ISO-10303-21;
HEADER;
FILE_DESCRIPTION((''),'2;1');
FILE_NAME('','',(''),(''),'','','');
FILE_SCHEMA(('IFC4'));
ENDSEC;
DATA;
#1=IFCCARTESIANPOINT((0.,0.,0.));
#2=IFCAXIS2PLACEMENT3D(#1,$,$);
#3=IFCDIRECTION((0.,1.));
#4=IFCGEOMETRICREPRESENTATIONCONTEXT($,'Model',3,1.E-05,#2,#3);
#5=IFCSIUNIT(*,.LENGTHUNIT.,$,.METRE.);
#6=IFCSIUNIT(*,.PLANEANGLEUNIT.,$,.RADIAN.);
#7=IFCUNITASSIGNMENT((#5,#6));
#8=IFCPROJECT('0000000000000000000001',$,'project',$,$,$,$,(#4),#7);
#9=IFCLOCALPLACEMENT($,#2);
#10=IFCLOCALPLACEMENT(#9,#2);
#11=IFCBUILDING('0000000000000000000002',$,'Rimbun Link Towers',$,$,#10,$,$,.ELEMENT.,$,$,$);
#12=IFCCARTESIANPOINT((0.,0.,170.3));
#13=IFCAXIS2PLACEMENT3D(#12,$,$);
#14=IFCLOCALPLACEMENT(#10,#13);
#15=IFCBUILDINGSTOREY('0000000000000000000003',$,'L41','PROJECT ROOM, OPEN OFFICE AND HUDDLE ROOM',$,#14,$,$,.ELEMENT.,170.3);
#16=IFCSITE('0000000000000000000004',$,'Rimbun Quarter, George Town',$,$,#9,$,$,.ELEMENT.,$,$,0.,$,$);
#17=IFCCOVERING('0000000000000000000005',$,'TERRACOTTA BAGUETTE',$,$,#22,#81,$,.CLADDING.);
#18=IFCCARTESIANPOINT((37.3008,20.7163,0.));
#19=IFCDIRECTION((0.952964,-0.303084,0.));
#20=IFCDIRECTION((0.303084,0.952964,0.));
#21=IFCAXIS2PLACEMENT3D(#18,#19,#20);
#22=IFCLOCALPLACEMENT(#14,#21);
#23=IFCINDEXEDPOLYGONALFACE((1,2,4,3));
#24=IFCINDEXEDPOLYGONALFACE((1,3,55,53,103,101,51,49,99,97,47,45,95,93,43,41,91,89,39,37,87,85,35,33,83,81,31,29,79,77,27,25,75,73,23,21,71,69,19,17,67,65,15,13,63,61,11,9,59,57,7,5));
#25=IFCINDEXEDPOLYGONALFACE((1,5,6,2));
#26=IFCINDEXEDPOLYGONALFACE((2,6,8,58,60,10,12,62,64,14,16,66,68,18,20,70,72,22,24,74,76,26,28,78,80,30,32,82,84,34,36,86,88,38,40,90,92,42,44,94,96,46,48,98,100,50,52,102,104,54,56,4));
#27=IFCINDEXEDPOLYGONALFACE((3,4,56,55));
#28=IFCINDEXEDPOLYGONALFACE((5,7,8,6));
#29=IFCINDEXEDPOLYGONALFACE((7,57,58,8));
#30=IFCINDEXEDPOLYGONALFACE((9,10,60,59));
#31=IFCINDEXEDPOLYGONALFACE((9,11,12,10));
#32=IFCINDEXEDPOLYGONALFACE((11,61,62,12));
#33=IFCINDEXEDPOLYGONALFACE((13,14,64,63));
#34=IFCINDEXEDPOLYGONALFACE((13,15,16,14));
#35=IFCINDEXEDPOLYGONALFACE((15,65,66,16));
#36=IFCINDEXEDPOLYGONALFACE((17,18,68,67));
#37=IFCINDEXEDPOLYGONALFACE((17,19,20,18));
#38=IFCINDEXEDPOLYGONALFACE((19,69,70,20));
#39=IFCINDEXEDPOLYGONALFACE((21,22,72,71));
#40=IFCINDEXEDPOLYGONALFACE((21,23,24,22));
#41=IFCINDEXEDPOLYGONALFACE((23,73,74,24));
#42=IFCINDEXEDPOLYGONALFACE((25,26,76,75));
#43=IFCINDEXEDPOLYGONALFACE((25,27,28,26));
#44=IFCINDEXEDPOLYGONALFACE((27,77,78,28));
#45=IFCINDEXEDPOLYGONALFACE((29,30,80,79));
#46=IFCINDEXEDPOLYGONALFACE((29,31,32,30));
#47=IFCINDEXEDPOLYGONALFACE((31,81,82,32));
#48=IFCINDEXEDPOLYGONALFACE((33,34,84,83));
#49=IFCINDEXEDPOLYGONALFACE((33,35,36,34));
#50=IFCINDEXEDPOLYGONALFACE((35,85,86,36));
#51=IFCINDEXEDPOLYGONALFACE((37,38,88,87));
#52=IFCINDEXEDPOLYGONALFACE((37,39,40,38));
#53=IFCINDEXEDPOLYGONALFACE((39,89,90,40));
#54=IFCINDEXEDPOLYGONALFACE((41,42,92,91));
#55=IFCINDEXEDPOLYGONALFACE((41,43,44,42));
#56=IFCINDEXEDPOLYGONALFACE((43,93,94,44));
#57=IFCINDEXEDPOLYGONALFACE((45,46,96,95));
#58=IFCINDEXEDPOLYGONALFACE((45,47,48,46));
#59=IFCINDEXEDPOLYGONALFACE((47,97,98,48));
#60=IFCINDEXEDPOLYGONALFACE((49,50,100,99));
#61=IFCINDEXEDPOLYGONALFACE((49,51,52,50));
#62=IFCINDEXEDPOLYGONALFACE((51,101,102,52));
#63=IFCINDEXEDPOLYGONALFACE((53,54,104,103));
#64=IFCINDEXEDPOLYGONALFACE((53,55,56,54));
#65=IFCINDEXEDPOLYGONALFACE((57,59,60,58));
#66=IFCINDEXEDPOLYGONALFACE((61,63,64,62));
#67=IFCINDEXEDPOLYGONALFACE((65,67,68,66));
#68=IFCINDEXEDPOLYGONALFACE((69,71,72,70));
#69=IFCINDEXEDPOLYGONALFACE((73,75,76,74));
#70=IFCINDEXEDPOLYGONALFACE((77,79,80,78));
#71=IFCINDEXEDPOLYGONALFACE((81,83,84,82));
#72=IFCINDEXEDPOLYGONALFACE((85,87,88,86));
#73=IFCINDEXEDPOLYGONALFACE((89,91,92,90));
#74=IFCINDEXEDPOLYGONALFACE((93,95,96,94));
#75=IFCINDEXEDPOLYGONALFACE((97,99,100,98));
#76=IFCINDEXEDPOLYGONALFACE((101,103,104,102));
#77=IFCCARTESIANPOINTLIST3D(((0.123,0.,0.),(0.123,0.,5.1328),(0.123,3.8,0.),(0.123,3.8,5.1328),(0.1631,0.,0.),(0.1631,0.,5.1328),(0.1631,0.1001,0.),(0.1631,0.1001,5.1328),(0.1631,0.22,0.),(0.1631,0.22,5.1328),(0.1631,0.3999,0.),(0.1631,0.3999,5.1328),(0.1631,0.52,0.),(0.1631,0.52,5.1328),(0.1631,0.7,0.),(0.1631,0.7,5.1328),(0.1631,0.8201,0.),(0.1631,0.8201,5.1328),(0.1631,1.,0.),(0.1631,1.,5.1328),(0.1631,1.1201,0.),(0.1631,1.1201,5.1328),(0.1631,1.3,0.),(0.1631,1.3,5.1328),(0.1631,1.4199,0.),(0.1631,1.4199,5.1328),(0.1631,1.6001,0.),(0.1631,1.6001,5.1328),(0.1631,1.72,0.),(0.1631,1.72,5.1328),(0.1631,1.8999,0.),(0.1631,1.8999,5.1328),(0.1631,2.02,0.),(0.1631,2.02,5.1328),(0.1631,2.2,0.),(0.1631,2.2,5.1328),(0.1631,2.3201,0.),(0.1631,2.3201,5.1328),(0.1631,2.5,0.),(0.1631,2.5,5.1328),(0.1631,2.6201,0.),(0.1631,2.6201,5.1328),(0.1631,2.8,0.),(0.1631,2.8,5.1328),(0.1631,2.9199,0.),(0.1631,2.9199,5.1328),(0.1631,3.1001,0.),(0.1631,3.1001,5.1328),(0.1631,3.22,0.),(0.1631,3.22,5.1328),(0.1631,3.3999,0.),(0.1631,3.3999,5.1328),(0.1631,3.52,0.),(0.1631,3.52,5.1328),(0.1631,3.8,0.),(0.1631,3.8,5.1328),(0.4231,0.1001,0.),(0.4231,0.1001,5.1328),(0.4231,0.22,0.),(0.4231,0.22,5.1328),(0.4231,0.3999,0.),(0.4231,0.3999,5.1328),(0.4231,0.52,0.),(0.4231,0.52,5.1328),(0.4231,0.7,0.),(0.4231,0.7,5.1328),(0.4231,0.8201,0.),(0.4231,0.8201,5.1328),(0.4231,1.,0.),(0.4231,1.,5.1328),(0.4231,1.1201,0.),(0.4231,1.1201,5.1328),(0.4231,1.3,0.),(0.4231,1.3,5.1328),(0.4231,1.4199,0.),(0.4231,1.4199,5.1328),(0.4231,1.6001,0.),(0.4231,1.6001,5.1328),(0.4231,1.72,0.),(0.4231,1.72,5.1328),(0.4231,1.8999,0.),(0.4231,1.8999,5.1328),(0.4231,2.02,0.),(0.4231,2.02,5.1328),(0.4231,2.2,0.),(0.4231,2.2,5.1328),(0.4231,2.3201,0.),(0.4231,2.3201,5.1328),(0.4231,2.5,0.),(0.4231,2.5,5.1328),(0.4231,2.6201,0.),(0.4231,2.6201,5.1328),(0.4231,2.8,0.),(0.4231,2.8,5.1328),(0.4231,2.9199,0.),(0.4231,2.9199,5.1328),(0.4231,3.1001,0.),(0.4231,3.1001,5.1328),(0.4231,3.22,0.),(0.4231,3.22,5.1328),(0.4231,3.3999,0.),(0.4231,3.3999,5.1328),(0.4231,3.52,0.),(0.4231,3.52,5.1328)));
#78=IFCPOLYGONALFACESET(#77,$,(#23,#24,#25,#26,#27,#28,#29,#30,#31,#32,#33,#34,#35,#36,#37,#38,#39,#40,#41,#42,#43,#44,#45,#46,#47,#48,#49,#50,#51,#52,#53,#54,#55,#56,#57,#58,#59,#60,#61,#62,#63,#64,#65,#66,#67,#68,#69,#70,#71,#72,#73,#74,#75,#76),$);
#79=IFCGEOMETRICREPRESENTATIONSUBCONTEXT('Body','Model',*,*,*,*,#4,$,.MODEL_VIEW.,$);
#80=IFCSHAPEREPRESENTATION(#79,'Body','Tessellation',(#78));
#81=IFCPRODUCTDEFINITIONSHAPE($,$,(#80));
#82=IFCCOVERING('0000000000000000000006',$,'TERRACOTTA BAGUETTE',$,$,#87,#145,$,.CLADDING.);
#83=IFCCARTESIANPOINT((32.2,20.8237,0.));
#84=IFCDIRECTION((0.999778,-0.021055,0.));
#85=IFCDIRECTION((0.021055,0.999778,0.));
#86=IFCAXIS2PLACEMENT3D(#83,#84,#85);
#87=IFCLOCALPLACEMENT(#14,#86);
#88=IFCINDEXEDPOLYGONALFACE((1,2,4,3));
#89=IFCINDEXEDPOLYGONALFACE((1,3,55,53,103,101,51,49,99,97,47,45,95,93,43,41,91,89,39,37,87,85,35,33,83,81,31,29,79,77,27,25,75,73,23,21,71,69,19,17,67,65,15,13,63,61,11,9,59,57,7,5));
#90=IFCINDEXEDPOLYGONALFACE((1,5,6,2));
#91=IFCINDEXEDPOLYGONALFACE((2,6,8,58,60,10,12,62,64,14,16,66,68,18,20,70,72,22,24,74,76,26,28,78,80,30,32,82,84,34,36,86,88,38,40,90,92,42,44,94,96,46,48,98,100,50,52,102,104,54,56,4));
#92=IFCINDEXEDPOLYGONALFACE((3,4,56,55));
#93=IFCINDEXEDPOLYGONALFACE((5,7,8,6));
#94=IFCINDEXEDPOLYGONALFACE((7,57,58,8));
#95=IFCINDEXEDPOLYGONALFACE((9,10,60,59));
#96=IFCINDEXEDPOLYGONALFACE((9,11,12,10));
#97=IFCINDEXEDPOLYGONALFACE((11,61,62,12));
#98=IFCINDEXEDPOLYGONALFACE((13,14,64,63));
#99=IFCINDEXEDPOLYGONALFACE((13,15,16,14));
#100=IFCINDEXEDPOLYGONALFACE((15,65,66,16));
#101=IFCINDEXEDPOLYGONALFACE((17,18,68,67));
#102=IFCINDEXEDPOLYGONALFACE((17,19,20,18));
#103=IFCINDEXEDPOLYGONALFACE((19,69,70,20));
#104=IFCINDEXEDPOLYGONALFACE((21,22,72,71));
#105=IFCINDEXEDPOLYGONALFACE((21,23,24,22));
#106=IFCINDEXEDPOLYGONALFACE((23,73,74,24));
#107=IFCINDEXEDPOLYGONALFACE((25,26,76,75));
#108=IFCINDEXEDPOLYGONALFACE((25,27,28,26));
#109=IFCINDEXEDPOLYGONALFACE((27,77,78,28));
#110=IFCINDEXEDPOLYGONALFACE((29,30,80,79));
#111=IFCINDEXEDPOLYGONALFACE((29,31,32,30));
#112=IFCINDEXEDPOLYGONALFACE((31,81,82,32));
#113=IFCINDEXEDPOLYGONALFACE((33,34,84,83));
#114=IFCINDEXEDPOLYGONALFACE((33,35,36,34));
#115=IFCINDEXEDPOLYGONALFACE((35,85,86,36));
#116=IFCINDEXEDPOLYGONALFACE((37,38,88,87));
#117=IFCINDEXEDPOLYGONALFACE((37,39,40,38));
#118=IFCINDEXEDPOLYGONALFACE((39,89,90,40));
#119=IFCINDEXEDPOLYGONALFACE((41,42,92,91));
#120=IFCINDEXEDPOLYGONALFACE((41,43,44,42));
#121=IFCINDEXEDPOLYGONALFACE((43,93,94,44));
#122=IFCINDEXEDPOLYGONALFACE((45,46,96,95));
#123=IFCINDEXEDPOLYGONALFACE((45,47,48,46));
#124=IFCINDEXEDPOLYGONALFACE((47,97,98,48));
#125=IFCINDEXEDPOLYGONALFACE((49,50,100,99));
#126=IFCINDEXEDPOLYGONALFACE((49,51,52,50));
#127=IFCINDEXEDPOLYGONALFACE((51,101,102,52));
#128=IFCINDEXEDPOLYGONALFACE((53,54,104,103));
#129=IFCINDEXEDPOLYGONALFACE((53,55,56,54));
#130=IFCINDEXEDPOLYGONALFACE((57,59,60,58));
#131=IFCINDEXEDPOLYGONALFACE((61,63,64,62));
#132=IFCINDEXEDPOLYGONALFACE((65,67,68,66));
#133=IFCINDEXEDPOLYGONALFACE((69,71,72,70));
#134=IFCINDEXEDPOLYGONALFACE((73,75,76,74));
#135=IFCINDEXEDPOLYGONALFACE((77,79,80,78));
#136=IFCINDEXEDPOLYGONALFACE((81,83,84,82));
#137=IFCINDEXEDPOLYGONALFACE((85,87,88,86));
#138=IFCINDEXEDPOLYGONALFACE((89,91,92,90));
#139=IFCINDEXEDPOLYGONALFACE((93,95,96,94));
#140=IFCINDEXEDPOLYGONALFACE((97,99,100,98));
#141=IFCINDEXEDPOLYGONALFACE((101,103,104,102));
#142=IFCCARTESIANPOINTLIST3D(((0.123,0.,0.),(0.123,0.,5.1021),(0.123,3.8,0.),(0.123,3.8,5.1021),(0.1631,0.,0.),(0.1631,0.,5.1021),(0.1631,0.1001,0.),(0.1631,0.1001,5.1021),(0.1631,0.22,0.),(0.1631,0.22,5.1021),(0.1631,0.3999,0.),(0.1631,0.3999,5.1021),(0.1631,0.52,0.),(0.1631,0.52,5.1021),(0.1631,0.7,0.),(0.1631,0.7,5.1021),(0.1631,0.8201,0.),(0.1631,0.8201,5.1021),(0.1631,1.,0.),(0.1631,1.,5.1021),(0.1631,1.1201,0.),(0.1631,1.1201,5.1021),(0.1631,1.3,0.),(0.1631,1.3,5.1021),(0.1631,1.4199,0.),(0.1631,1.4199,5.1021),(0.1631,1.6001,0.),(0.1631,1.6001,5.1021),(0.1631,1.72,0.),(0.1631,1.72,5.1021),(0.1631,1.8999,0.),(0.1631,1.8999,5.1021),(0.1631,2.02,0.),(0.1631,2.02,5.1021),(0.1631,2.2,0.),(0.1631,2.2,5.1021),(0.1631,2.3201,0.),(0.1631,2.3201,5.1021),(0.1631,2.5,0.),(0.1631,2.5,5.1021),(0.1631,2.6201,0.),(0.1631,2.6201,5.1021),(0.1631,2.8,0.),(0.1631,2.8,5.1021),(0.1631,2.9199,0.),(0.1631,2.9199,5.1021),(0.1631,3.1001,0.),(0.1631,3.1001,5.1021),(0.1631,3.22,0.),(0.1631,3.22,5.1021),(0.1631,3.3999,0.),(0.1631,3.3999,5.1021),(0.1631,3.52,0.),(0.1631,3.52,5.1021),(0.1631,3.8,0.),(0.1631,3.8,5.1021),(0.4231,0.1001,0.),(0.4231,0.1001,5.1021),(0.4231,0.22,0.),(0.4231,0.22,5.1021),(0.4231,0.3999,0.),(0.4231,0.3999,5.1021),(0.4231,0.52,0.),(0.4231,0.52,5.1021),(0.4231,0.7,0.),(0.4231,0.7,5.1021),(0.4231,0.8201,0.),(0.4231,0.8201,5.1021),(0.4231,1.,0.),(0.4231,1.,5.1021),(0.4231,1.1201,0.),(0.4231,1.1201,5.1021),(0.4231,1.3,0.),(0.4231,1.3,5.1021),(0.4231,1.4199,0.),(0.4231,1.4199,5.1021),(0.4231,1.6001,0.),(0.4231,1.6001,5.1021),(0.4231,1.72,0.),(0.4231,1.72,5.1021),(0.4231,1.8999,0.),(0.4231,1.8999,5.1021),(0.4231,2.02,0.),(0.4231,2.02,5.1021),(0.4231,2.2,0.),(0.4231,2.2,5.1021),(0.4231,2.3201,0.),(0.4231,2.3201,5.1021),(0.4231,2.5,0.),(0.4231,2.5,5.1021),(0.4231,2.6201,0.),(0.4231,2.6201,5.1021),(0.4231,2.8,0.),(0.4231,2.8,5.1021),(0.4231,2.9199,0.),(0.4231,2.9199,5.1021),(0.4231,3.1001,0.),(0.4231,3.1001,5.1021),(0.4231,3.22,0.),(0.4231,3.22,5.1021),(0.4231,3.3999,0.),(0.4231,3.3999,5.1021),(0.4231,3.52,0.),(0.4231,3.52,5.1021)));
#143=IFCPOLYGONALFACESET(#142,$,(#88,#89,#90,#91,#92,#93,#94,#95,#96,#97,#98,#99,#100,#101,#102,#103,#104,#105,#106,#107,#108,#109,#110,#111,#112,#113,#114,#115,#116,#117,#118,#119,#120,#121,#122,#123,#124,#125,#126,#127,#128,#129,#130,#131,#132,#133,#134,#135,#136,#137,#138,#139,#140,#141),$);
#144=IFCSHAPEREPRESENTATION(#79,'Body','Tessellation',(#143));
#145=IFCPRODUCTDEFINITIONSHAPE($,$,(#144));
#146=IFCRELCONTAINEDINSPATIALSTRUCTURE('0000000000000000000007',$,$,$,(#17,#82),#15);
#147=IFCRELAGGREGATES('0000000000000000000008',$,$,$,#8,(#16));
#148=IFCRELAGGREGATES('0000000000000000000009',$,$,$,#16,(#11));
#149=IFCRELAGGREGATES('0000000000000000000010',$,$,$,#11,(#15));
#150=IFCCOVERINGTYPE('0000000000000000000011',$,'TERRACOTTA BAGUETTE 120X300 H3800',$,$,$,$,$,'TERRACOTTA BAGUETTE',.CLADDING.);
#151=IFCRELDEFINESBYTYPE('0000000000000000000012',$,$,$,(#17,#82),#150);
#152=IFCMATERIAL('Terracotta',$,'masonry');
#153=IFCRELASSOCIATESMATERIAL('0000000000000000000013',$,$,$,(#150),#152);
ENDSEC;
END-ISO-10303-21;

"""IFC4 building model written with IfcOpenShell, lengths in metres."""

from ifc_helpers import new_model, si_unit, direction, frame, origin, place, context, subcontext, project, spatial, polyline, outline, extrude, material, material_profile, profile_set, type_object, element, save


model = new_model("IFC4")

# Units and contexts
model_context = context("Model", 3, precision=1e-05, world=origin(), true_north=direction((0.0, 1.0)))
body_context = subcontext(model_context, "Body", "Model", "MODEL_VIEW")
ifc_project = project(units=[si_unit("LENGTHUNIT", "METRE"), si_unit("PLANEANGLEUNIT", "RADIAN")], contexts=[model_context])

# Site, building, storey
site_placement = place(None, origin())
site = spatial("IfcSite", under=ifc_project, at=site_placement, Name="Rimbun Quarter, George Town", CompositionType="ELEMENT", RefElevation=0.0)
building_placement = place(site_placement, origin())
building = spatial("IfcBuilding", under=site, at=building_placement, Name="Rimbun Link Towers", CompositionType="ELEMENT")
storey_placement = place(building_placement, frame((0.0, 0.0, 170.3)))
storey = spatial("IfcBuildingStorey", under=building, at=storey_placement, Name="L41", Description="PROJECT ROOM, OPEN OFFICE AND HUDDLE ROOM", CompositionType="ELEMENT", Elevation=170.3)

# Coverings
ifc_material_1 = material(Name="Terracotta", Category="masonry")
ifc_material_profile_1 = material_profile(ifc_material_1, outline(polyline([(0.123, 0.0), (0.1631, 0.0), (0.1631, 0.1001), (0.4231, 0.1001), (0.4231, 0.22), (0.1631, 0.22), (0.1631, 0.3999), (0.4231, 0.3999), (0.4231, 0.52), (0.1631, 0.52), (0.1631, 0.7), (0.4231, 0.7), (0.4231, 0.8201), (0.1631, 0.8201), (0.1631, 1.0), (0.4231, 1.0), (0.4231, 1.1201), (0.1631, 1.1201), (0.1631, 1.3), (0.4231, 1.3), (0.4231, 1.4199), (0.1631, 1.4199), (0.1631, 1.6001), (0.4231, 1.6001), (0.4231, 1.72), (0.1631, 1.72), (0.1631, 1.8999), (0.4231, 1.8999), (0.4231, 2.02), (0.1631, 2.02), (0.1631, 2.2), (0.4231, 2.2), (0.4231, 2.3201), (0.1631, 2.3201), (0.1631, 2.5), (0.4231, 2.5), (0.4231, 2.6201), (0.1631, 2.6201), (0.1631, 2.8), (0.4231, 2.8), (0.4231, 2.9199), (0.1631, 2.9199), (0.1631, 3.1001), (0.4231, 3.1001), (0.4231, 3.22), (0.1631, 3.22), (0.1631, 3.3999), (0.4231, 3.3999), (0.4231, 3.52), (0.1631, 3.52), (0.1631, 3.8), (0.123, 3.8), (0.123, 0.0)])), Name="BAGUETTE 120X300")
ifc_profile_set_1 = profile_set([ifc_material_profile_1], Name="Terracotta")
covering_type = type_object("IfcCoveringType", Name="TERRACOTTA BAGUETTE 120X300 H3800", ElementType="TERRACOTTA BAGUETTE", PredefinedType="CLADDING", material=ifc_profile_set_1)
covering_1_placement = place(storey_placement, frame((37.3008, 20.7163, 0.0), z_axis=(0.952964, -0.303084, 0.0), x_axis=(0.303084, 0.952964, 0.0)))
element("IfcCovering", 1, at=covering_1_placement, inside=storey, type_object=covering_type, Name="TERRACOTTA BAGUETTE", PredefinedType="CLADDING", context=body_context, shape_type="SweptSolid", body=[
    extrude(outline(polyline([(0.123, 0.0), (0.1631, 0.0), (0.1631, 0.1001), (0.4231, 0.1001), (0.4231, 0.22), (0.1631, 0.22), (0.1631, 0.3999), (0.4231, 0.3999), (0.4231, 0.52), (0.1631, 0.52), (0.1631, 0.7), (0.4231, 0.7), (0.4231, 0.8201), (0.1631, 0.8201), (0.1631, 1.0), (0.4231, 1.0), (0.4231, 1.1201), (0.1631, 1.1201), (0.1631, 1.3), (0.4231, 1.3), (0.4231, 1.4199), (0.1631, 1.4199), (0.1631, 1.6001), (0.4231, 1.6001), (0.4231, 1.72), (0.1631, 1.72), (0.1631, 1.8999), (0.4231, 1.8999), (0.4231, 2.02), (0.1631, 2.02), (0.1631, 2.2), (0.4231, 2.2), (0.4231, 2.3201), (0.1631, 2.3201), (0.1631, 2.5), (0.4231, 2.5), (0.4231, 2.6201), (0.1631, 2.6201), (0.1631, 2.8), (0.4231, 2.8), (0.4231, 2.9199), (0.1631, 2.9199), (0.1631, 3.1001), (0.4231, 3.1001), (0.4231, 3.22), (0.1631, 3.22), (0.1631, 3.3999), (0.4231, 3.3999), (0.4231, 3.52), (0.1631, 3.52), (0.1631, 3.8), (0.123, 3.8), (0.123, 0.0)])), origin(), (0.0, 0.0, 1.0), 5.1328),
])
covering_2_placement = place(storey_placement, frame((32.2, 20.8237, 0.0), z_axis=(0.999778, -0.021055, 0.0), x_axis=(0.021055, 0.999778, 0.0)))
element("IfcCovering", 2, at=covering_2_placement, inside=storey, type_object=covering_type, Name="TERRACOTTA BAGUETTE", PredefinedType="CLADDING", context=body_context, shape_type="SweptSolid", body=[
    extrude(outline(polyline([(0.123, 0.0), (0.1631, 0.0), (0.1631, 0.1001), (0.4231, 0.1001), (0.4231, 0.22), (0.1631, 0.22), (0.1631, 0.3999), (0.4231, 0.3999), (0.4231, 0.52), (0.1631, 0.52), (0.1631, 0.7), (0.4231, 0.7), (0.4231, 0.8201), (0.1631, 0.8201), (0.1631, 1.0), (0.4231, 1.0), (0.4231, 1.1201), (0.1631, 1.1201), (0.1631, 1.3), (0.4231, 1.3), (0.4231, 1.4199), (0.1631, 1.4199), (0.1631, 1.6001), (0.4231, 1.6001), (0.4231, 1.72), (0.1631, 1.72), (0.1631, 1.8999), (0.4231, 1.8999), (0.4231, 2.02), (0.1631, 2.02), (0.1631, 2.2), (0.4231, 2.2), (0.4231, 2.3201), (0.1631, 2.3201), (0.1631, 2.5), (0.4231, 2.5), (0.4231, 2.6201), (0.1631, 2.6201), (0.1631, 2.8), (0.4231, 2.8), (0.4231, 2.9199), (0.1631, 2.9199), (0.1631, 3.1001), (0.4231, 3.1001), (0.4231, 3.22), (0.1631, 3.22), (0.1631, 3.3999), (0.4231, 3.3999), (0.4231, 3.52), (0.1631, 3.52), (0.1631, 3.8), (0.123, 3.8), (0.123, 0.0)])), origin(), (0.0, 0.0, 1.0), 5.1021),
])

save(model, "model.ifc")
